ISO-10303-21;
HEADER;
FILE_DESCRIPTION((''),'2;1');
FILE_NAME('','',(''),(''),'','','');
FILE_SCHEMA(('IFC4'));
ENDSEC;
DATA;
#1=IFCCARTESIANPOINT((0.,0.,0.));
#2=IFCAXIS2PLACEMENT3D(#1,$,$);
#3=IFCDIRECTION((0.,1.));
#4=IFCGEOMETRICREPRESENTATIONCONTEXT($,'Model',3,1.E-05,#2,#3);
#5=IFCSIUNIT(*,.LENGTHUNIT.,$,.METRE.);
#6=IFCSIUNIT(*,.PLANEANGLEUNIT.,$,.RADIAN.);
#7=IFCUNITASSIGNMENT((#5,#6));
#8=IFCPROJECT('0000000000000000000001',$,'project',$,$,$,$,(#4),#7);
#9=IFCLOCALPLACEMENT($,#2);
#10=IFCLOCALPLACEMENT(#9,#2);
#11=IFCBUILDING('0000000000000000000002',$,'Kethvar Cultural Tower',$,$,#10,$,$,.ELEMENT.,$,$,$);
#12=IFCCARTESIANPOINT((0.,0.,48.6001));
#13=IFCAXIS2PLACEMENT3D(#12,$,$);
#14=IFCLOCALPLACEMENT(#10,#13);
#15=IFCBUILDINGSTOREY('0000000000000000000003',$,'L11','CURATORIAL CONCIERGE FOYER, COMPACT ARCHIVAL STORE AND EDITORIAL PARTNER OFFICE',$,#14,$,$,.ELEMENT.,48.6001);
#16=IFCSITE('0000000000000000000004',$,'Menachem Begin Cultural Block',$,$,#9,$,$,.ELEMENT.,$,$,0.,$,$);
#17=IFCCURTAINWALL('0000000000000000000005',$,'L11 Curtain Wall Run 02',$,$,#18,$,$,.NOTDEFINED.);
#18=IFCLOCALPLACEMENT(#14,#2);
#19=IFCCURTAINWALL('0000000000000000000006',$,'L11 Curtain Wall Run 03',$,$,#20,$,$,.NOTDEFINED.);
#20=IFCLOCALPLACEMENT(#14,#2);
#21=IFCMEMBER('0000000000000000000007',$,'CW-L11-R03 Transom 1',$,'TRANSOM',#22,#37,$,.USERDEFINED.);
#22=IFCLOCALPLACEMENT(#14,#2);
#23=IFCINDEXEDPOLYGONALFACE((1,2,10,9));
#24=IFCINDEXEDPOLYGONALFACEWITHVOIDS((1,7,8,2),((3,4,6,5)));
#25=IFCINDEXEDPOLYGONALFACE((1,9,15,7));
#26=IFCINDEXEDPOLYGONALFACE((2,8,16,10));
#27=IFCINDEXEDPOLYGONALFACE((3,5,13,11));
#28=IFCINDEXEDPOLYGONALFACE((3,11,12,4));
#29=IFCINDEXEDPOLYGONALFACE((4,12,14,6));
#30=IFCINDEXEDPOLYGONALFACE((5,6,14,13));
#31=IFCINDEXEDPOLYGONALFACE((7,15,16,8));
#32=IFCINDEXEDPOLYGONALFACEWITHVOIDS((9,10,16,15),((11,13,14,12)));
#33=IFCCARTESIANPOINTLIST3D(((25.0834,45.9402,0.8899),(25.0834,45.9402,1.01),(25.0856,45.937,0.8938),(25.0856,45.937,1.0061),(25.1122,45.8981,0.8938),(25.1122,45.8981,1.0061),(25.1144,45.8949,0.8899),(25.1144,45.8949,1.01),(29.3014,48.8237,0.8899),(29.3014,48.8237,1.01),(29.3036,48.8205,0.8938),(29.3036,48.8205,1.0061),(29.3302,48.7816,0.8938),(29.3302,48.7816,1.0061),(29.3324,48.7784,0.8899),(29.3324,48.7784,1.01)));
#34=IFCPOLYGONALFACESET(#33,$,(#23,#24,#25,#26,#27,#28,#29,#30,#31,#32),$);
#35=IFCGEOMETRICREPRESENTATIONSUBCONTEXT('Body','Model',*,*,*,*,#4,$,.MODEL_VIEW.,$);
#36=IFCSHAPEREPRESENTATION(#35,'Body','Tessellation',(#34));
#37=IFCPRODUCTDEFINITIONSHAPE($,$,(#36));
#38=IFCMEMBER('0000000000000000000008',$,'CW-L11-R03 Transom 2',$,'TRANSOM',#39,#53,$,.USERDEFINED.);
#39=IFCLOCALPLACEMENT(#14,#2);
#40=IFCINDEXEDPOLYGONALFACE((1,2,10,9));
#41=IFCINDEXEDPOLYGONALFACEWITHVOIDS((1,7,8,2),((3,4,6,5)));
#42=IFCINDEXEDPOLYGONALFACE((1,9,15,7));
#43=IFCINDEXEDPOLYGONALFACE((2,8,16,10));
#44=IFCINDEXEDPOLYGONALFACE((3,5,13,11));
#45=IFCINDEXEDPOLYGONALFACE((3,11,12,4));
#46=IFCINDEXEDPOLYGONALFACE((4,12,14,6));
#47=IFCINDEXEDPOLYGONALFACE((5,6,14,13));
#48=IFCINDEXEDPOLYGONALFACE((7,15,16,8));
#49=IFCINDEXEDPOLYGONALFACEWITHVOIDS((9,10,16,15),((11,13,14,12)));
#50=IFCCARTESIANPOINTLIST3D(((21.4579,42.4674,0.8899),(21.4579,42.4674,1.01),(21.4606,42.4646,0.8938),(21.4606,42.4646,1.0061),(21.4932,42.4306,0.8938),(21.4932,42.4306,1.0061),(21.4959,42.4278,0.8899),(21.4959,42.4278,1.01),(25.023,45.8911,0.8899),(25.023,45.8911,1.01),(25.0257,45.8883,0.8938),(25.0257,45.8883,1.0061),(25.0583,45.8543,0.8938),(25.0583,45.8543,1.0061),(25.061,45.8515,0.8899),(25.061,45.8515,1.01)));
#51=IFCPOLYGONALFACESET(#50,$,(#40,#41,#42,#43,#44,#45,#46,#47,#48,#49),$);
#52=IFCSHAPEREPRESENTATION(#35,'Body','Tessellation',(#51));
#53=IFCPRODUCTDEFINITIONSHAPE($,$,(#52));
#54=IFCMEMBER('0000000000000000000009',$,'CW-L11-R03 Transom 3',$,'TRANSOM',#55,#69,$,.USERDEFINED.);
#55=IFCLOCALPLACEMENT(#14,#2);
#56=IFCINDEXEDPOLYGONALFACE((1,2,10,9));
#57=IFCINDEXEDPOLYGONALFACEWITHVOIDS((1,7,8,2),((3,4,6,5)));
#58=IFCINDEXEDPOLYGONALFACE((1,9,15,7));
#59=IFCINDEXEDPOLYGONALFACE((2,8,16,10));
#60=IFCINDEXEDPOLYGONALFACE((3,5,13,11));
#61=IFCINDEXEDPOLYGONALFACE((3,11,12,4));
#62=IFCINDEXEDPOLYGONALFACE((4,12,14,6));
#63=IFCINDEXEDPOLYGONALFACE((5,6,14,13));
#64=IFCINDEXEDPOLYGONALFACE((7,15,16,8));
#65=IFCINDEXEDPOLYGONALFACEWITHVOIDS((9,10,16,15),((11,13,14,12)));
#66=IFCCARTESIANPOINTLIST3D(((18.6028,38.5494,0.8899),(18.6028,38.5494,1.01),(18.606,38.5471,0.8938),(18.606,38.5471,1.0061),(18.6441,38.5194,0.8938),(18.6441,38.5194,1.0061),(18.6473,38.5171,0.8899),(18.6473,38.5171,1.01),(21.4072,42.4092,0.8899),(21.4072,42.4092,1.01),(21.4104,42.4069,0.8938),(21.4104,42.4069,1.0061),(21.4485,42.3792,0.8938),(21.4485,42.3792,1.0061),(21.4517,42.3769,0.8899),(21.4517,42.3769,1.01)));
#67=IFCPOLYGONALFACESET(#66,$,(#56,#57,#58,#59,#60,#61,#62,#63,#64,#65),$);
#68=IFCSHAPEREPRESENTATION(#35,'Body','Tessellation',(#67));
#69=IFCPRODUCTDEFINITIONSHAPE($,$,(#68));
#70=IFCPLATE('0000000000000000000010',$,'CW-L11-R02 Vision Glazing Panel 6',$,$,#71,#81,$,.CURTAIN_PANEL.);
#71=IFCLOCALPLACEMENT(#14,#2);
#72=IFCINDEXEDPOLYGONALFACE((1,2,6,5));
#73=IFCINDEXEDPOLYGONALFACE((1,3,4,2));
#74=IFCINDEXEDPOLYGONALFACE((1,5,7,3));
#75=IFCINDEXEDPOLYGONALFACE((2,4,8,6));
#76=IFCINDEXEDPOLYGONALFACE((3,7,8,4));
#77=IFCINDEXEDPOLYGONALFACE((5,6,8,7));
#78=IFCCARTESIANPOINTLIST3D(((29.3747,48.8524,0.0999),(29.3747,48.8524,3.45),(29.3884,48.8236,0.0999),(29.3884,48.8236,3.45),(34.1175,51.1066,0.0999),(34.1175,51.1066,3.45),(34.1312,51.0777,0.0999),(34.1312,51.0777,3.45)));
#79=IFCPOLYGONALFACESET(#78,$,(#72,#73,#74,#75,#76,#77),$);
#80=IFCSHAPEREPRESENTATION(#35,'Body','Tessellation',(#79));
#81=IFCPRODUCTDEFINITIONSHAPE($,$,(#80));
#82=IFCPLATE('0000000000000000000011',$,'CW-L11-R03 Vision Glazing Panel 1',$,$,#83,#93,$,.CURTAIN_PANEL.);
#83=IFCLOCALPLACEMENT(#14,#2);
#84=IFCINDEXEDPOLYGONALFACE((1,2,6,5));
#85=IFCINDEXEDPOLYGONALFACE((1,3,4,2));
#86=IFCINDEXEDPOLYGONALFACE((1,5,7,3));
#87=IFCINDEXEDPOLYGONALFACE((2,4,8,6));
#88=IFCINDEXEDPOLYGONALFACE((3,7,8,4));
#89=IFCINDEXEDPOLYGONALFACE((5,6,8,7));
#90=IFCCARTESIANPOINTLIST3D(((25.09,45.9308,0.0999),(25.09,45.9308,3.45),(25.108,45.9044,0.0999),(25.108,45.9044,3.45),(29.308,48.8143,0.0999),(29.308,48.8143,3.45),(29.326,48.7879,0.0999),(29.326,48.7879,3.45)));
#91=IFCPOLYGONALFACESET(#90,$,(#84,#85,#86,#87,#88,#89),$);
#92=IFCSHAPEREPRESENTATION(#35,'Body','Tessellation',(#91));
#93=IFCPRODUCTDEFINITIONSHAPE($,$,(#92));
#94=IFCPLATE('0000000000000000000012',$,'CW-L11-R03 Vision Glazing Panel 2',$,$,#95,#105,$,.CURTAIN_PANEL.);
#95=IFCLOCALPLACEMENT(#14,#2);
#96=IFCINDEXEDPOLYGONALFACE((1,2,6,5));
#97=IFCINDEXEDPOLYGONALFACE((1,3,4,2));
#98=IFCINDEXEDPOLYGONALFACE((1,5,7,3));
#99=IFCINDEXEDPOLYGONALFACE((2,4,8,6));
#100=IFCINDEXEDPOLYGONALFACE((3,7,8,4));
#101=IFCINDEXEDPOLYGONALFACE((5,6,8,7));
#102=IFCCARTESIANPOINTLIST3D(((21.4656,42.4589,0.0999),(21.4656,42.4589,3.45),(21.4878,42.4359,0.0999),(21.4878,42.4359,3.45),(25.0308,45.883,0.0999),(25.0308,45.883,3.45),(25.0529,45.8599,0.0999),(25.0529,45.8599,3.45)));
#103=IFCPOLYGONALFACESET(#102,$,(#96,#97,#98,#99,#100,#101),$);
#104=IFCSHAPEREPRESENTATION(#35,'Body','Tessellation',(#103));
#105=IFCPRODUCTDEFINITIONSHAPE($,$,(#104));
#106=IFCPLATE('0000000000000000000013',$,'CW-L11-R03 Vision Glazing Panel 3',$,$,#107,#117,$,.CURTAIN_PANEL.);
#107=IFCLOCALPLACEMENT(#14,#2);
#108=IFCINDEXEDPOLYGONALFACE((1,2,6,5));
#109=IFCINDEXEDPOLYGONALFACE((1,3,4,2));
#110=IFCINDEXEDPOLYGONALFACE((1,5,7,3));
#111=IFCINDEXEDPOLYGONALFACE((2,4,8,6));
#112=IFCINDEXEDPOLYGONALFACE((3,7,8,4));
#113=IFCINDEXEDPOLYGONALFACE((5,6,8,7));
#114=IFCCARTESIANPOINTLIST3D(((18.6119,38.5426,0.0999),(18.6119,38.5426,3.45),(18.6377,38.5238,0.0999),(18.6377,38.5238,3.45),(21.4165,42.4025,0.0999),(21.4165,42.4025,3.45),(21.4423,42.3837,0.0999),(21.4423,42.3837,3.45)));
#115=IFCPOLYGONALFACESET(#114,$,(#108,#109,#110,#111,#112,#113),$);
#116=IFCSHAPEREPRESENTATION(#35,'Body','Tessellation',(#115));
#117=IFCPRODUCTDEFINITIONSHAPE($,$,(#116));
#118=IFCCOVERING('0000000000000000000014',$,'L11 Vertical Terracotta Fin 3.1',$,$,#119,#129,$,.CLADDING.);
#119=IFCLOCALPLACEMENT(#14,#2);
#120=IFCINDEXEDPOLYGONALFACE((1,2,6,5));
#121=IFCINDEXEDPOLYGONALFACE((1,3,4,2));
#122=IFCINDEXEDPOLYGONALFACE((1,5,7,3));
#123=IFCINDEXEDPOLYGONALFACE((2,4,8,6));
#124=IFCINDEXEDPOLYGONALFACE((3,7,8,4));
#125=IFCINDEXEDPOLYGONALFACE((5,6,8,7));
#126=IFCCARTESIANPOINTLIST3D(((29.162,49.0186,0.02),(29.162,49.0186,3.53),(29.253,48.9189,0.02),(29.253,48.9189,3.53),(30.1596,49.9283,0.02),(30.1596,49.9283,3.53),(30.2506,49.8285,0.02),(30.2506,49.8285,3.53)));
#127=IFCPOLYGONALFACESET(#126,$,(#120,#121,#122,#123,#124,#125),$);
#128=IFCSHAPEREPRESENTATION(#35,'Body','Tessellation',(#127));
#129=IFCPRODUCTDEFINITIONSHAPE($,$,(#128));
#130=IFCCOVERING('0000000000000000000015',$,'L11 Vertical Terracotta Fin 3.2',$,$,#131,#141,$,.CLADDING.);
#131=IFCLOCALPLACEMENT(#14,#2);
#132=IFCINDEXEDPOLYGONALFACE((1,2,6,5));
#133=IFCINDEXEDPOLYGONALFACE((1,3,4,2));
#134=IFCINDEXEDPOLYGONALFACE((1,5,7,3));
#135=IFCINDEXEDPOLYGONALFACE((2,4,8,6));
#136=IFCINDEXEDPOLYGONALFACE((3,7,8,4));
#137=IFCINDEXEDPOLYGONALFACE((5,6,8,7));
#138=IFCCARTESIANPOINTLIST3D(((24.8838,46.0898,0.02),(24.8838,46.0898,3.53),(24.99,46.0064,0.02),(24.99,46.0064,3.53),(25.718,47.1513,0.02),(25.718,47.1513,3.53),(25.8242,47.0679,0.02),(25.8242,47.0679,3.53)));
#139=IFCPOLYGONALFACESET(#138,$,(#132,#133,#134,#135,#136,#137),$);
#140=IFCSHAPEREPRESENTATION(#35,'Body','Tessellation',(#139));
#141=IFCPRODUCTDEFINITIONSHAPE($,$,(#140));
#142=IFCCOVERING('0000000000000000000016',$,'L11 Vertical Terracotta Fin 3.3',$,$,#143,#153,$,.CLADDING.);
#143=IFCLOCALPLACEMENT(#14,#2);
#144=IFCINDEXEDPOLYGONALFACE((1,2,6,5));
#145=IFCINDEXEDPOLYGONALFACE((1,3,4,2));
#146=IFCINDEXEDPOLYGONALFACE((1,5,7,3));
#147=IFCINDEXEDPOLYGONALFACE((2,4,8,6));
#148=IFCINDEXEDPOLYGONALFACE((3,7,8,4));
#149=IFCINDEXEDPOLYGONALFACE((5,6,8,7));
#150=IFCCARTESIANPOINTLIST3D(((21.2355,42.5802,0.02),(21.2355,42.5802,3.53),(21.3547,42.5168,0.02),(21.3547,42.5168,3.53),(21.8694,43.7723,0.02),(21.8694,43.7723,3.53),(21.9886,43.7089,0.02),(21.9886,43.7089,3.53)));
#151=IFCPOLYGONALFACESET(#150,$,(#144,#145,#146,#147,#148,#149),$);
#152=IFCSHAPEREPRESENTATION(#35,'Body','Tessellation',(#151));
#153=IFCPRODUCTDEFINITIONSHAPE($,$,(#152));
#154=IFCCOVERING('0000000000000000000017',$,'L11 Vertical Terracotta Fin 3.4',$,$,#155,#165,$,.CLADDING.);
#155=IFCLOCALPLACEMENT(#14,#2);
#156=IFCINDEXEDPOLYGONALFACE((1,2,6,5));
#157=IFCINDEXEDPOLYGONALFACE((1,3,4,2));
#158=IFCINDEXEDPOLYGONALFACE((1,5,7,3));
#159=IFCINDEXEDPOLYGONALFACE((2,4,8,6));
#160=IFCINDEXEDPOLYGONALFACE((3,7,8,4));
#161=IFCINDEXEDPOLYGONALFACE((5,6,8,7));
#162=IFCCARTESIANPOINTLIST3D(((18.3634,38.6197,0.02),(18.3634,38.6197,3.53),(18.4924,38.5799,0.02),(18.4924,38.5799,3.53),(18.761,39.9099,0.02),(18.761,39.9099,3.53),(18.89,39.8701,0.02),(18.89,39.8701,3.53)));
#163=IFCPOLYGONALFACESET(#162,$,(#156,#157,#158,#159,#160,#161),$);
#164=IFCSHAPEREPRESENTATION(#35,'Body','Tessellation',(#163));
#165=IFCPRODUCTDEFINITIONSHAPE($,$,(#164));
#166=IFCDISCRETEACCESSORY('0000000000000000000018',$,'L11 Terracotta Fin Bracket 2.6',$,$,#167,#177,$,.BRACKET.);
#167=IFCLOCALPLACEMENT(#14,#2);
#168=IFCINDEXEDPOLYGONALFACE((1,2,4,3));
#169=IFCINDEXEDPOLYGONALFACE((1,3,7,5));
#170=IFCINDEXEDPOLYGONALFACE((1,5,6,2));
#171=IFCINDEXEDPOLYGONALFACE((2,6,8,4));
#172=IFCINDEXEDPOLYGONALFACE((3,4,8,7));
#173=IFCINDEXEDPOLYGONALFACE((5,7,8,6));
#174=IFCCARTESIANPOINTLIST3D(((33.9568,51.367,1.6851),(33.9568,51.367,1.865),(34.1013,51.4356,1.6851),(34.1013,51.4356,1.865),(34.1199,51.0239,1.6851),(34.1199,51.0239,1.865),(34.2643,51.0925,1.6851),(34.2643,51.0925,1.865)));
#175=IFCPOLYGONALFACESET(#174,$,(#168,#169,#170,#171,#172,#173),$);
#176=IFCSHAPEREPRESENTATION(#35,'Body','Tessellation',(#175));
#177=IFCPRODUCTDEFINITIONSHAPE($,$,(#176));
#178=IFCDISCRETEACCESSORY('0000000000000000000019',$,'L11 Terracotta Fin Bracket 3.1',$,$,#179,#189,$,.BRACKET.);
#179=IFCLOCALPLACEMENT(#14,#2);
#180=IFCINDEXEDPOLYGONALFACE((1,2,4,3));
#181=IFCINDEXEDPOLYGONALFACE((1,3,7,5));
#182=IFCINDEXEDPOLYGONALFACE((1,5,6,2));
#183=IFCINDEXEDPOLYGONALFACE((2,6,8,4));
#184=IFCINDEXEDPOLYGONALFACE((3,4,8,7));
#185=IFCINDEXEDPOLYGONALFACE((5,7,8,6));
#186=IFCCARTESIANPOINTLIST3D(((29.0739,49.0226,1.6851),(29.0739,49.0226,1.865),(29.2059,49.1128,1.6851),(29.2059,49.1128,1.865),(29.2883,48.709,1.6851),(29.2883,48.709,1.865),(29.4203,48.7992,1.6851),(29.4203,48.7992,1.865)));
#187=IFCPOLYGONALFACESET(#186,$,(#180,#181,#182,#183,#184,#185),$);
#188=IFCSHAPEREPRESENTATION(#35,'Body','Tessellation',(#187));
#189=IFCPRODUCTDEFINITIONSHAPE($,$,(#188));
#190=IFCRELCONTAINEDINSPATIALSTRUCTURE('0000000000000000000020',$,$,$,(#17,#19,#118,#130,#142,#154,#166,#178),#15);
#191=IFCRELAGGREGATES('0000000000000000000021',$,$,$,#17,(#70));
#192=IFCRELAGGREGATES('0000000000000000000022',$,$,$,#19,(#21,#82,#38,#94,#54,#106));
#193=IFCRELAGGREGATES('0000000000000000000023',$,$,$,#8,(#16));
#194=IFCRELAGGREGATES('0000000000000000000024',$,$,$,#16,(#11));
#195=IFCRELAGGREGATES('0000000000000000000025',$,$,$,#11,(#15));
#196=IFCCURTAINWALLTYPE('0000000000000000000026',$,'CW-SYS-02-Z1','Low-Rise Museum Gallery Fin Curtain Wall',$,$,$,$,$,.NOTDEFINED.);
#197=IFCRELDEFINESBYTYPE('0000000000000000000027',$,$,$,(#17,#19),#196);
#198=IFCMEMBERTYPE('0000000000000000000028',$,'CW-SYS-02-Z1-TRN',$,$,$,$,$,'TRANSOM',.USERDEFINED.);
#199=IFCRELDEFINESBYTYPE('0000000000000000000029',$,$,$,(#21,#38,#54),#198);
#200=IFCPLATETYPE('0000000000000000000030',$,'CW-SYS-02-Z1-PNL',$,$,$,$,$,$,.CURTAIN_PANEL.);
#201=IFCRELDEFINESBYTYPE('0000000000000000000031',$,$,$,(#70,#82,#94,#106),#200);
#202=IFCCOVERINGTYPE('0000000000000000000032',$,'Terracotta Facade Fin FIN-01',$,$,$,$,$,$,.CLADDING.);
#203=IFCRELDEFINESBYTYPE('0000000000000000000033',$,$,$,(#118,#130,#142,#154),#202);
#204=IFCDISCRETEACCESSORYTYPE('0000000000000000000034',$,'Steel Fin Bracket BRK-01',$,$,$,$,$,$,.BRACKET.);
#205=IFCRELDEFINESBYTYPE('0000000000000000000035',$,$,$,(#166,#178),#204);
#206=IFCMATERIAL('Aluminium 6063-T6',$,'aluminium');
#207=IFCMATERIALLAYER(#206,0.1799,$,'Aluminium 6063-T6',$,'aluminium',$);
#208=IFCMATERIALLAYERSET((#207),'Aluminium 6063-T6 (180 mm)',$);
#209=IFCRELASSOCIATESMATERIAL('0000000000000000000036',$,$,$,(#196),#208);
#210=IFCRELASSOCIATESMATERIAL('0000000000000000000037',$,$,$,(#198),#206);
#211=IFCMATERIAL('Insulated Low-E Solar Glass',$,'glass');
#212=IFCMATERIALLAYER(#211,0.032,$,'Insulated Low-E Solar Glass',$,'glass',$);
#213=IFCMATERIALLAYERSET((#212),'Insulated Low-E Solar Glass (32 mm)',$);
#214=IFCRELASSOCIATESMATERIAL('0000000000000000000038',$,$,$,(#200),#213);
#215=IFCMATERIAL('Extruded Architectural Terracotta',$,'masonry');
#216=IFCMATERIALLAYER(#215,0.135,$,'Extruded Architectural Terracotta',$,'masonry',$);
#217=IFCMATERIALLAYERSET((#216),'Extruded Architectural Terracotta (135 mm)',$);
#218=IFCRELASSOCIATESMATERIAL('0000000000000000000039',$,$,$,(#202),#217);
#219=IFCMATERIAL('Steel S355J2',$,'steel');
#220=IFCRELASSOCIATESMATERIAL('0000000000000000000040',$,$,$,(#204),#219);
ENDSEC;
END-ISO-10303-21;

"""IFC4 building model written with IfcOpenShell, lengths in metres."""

from ifc_helpers import new_model, si_unit, direction, frame, origin, origin_2d, place, context, subcontext, project, spatial, rectangle, hollow_rectangle, extrude, source, transform, mapped, material, layer, layer_set, material_profile, profile_set, type_object, element, aggregate, save


model = new_model("IFC4")

# Units and contexts
model_context = context("Model", 3, precision=1e-05, world=origin(), true_north=direction((0.0, 1.0)))
body_context = subcontext(model_context, "Body", "Model", "MODEL_VIEW")
ifc_project = project(units=[si_unit("LENGTHUNIT", "METRE"), si_unit("PLANEANGLEUNIT", "RADIAN")], contexts=[model_context])

# Site, building, storey
site_placement = place(None, origin())
site = spatial("IfcSite", under=ifc_project, at=site_placement, Name="Menachem Begin Cultural Block", CompositionType="ELEMENT", RefElevation=0.0)
building_placement = place(site_placement, origin())
building = spatial("IfcBuilding", under=site, at=building_placement, Name="Kethvar Cultural Tower", CompositionType="ELEMENT")
storey_placement = place(building_placement, frame((0.0, 0.0, 48.6001)))
storey = spatial("IfcBuildingStorey", under=building, at=storey_placement, Name="L11", Description="CURATORIAL CONCIERGE FOYER, COMPACT ARCHIVAL STORE AND EDITORIAL PARTNER OFFICE", CompositionType="ELEMENT", Elevation=48.6001)

# Shared definitions
ifc_material_1 = material(Name="Steel S355J2", Category="steel")

# Curtain wall
ifc_material_2 = material(Name="Aluminium 6063-T6", Category="aluminium")
ifc_layer_1 = layer(ifc_material_2, 0.1799, Name="Aluminium 6063-T6", Category="aluminium")
ifc_layer_set_1 = layer_set([ifc_layer_1], Name="Aluminium 6063-T6 (180 mm)")
curtain_wall_type = type_object("IfcCurtainWallType", Name="CW-SYS-02-Z1", Description="Low-Rise Museum Gallery Fin Curtain Wall", PredefinedType="NOTDEFINED", material=ifc_layer_set_1)
curtain_wall_1_placement = place(storey_placement, origin())
curtain_wall_1 = element("IfcCurtainWall", 1, at=curtain_wall_1_placement, inside=storey, type_object=curtain_wall_type, Name="L11 Curtain Wall Run 02", PredefinedType="NOTDEFINED")

# Curtain wall
curtain_wall_2_placement = place(storey_placement, origin())
curtain_wall_2 = element("IfcCurtainWall", 2, at=curtain_wall_2_placement, inside=storey, type_object=curtain_wall_type, Name="L11 Curtain Wall Run 03", PredefinedType="NOTDEFINED")

# Members
ifc_material_profile_1 = material_profile(ifc_material_2, hollow_rectangle(XDim=0.0549, YDim=0.1201, WallThickness=0.0039, at=origin_2d()), Name="Aluminium 6063-T6 — RHS120x55x4")
ifc_profile_set_1 = profile_set([ifc_material_profile_1], Name="Aluminium 6063-T6 — RHS120x55x4")
member_type_1 = type_object("IfcMemberType", Name="CW-SYS-02-Z1-TRN", ElementType="TRANSOM", PredefinedType="USERDEFINED", material=ifc_profile_set_1)
shared_shape_1 = source(origin(), body_context, "Body", "SweptSolid", [
    extrude(hollow_rectangle(XDim=0.0549, YDim=0.1201, WallThickness=0.0039, at=origin_2d()), origin(), (0.0, 0.0, 1.0), 5.1094),
])
member_1_placement = place(storey_placement, frame((29.3169, 48.801, 0.95), z_axis=(-0.825532, -0.564355, 0.0), x_axis=(0.564355, -0.825532, 0.0)))
member_1 = element("IfcMember", 3, at=member_1_placement, type_object=member_type_1, Name="CW-L11-R03 Transom 1", ObjectType="TRANSOM", PredefinedType="USERDEFINED", context=body_context, shape_type="MappedRepresentation", body=[
    mapped(shared_shape_1, transform((0.0, 0.0, 0.0), scale=1.0)),
])
shared_shape_2 = source(origin(), body_context, "Body", "SweptSolid", [
    extrude(hollow_rectangle(XDim=0.0549, YDim=0.1201, WallThickness=0.0039, at=origin_2d()), origin(), (0.0, 0.0, 1.0), 4.9429),
])
member_2_placement = place(storey_placement, frame((25.042, 45.8713, 0.95), z_axis=(-0.721261, -0.692663, 0.0), x_axis=(0.692663, -0.721261, 0.0)))
member_2 = element("IfcMember", 4, at=member_2_placement, type_object=member_type_1, Name="CW-L11-R03 Transom 2", ObjectType="TRANSOM", PredefinedType="USERDEFINED", context=body_context, shape_type="MappedRepresentation", body=[
    mapped(shared_shape_2, transform((0.0, 0.0, 0.0), scale=1.0)),
])
shared_shape_3 = source(origin(), body_context, "Body", "SweptSolid", [
    extrude(hollow_rectangle(XDim=0.0549, YDim=0.1201, WallThickness=0.0039, at=origin_2d()), origin(), (0.0, 0.0, 1.0), 4.771),
])
member_3_placement = place(storey_placement, frame((21.4294, 42.3931, 0.95), z_axis=(-0.587797, -0.809008, 0.0), x_axis=(0.809008, -0.587797, 0.0)))
member_3 = element("IfcMember", 5, at=member_3_placement, type_object=member_type_1, Name="CW-L11-R03 Transom 3", ObjectType="TRANSOM", PredefinedType="USERDEFINED", context=body_context, shape_type="MappedRepresentation", body=[
    mapped(shared_shape_3, transform((0.0, 0.0, 0.0), scale=1.0)),
])

# Plates
ifc_material_3 = material(Name="Insulated Low-E Solar Glass", Category="glass")
ifc_layer_2 = layer(ifc_material_3, 0.032, Name="Insulated Low-E Solar Glass", Category="glass")
ifc_layer_set_2 = layer_set([ifc_layer_2], Name="Insulated Low-E Solar Glass (32 mm)")
plate_type = type_object("IfcPlateType", Name="CW-SYS-02-Z1-PNL", PredefinedType="CURTAIN_PANEL", material=ifc_layer_set_2)
shared_shape_4 = source(origin(), body_context, "Body", "SweptSolid", [
    extrude(rectangle(XDim=5.2512, YDim=0.032, at=origin_2d()), origin(), (0.0, 0.0, 1.0), 3.3501),
])
plate_1_placement = place(storey_placement, frame((31.7529, 49.9651, 0.0999), z_axis=(0.0, 0.0, 1.0), x_axis=(-0.903178, -0.429266, 0.0)))
plate_1 = element("IfcPlate", 6, at=plate_1_placement, type_object=plate_type, Name="CW-L11-R02 Vision Glazing Panel 6", PredefinedType="CURTAIN_PANEL", context=body_context, shape_type="MappedRepresentation", body=[
    mapped(shared_shape_4, transform((0.0, 0.0, 0.0), scale=1.0)),
])
aggregate(curtain_wall_1, [plate_1])
shared_shape_5 = source(origin(), body_context, "Body", "SweptSolid", [
    extrude(rectangle(XDim=5.1094, YDim=0.032, at=origin_2d()), origin(), (0.0, 0.0, 1.0), 3.3501),
])
plate_2_placement = place(storey_placement, frame((27.208, 47.3594, 0.0999), z_axis=(0.0, 0.0, 1.0), x_axis=(-0.825537, -0.564348, 0.0)))
plate_2 = element("IfcPlate", 7, at=plate_2_placement, type_object=plate_type, Name="CW-L11-R03 Vision Glazing Panel 1", PredefinedType="CURTAIN_PANEL", context=body_context, shape_type="MappedRepresentation", body=[
    mapped(shared_shape_5, transform((0.0, 0.0, 0.0), scale=1.0)),
])
shared_shape_6 = source(origin(), body_context, "Body", "SweptSolid", [
    extrude(rectangle(XDim=4.9431, YDim=0.032, at=origin_2d()), origin(), (0.0, 0.0, 1.0), 3.3501),
])
plate_3_placement = place(storey_placement, frame((23.2593, 44.1594, 0.0999), z_axis=(0.0, 0.0, 1.0), x_axis=(-0.721241, -0.692685, 0.0)))
plate_3 = element("IfcPlate", 8, at=plate_3_placement, type_object=plate_type, Name="CW-L11-R03 Vision Glazing Panel 2", PredefinedType="CURTAIN_PANEL", context=body_context, shape_type="MappedRepresentation", body=[
    mapped(shared_shape_6, transform((0.0, 0.0, 0.0), scale=1.0)),
])
shared_shape_7 = source(origin(), body_context, "Body", "SweptSolid", [
    extrude(rectangle(XDim=4.7712, YDim=0.032, at=origin_2d()), origin(), (0.0, 0.0, 1.0), 3.3501),
])
plate_4_placement = place(storey_placement, frame((20.0271, 40.4631, 0.0999), z_axis=(0.0, 0.0, 1.0), x_axis=(-0.587813, -0.808996, 0.0)))
plate_4 = element("IfcPlate", 9, at=plate_4_placement, type_object=plate_type, Name="CW-L11-R03 Vision Glazing Panel 3", PredefinedType="CURTAIN_PANEL", context=body_context, shape_type="MappedRepresentation", body=[
    mapped(shared_shape_7, transform((0.0, 0.0, 0.0), scale=1.0)),
])
aggregate(curtain_wall_2, [member_1, plate_2, member_2, plate_3, member_3, plate_4])

# Coverings
ifc_material_4 = material(Name="Extruded Architectural Terracotta", Category="masonry")
ifc_layer_3 = layer(ifc_material_4, 0.135, Name="Extruded Architectural Terracotta", Category="masonry")
ifc_layer_set_3 = layer_set([ifc_layer_3], Name="Extruded Architectural Terracotta (135 mm)")
covering_type = type_object("IfcCoveringType", Name="Terracotta Facade Fin FIN-01", PredefinedType="CLADDING", material=ifc_layer_set_3)
shared_shape_8 = source(origin(), body_context, "Body", "SweptSolid", [
    extrude(rectangle(XDim=1.3501, YDim=0.135, at=origin_2d()), origin(), (0.0, 0.0, 1.0), 3.51),
])
for number, where, z_axis, x_axis, name in (
    (10, (29.7063, 49.4236, 0.02), (0.0, 0.0, 1.0), (0.738926, 0.673787, 0.0), "L11 Vertical Terracotta Fin 3.1"),
    (11, (25.354, 46.5789, 0.02), (0.0, 0.0, 1.0), (0.61786, 0.786288, 0.0), "L11 Vertical Terracotta Fin 3.2"),
    (12, (21.6121, 43.1445, 0.02), (0.0, 0.0, 1.0), (0.469472, 0.882948, 0.0), "L11 Vertical Terracotta Fin 3.3"),
    (13, (18.6267, 39.2449, 0.02), (0.0, 0.0, 1.0), (0.294541, 0.955639, 0.0), "L11 Vertical Terracotta Fin 3.4"),
):
    element("IfcCovering", number, at=place(storey_placement, frame(where, z_axis=z_axis, x_axis=x_axis)), inside=storey, type_object=covering_type, Name=name, PredefinedType="CLADDING", context=body_context, shape_type="MappedRepresentation", body=[
        mapped(shared_shape_8, transform((0.0, 0.0, 0.0), scale=1.0)),
    ])

# Discrete accessories
discrete_accessory_type = type_object("IfcDiscreteAccessoryType", Name="Steel Fin Bracket BRK-01", PredefinedType="BRACKET", material=ifc_material_1)
shared_shape_9 = source(origin(), body_context, "Body", "SweptSolid", [
    extrude(rectangle(XDim=0.3799, YDim=0.1599, at=origin_2d()), origin(), (0.0, 0.0, 1.0), 0.1799),
])
for number, where, z_axis, x_axis, name in (
    (14, (34.1106, 51.2297, 1.6851), (0.0, 0.0, 1.0), (-0.42925, 0.903186, 0.0), "L11 Terracotta Fin Bracket 2.6"),
    (15, (29.2471, 48.9109, 1.6851), (0.0, 0.0, 1.0), (-0.564391, 0.825508, 0.0), "L11 Terracotta Fin Bracket 3.1"),
):
    element("IfcDiscreteAccessory", number, at=place(storey_placement, frame(where, z_axis=z_axis, x_axis=x_axis)), inside=storey, type_object=discrete_accessory_type, Name=name, PredefinedType="BRACKET", context=body_context, shape_type="MappedRepresentation", body=[
        mapped(shared_shape_9, transform((0.0, 0.0, 0.0), scale=1.0)),
    ])

save(model, "model.ifc")
